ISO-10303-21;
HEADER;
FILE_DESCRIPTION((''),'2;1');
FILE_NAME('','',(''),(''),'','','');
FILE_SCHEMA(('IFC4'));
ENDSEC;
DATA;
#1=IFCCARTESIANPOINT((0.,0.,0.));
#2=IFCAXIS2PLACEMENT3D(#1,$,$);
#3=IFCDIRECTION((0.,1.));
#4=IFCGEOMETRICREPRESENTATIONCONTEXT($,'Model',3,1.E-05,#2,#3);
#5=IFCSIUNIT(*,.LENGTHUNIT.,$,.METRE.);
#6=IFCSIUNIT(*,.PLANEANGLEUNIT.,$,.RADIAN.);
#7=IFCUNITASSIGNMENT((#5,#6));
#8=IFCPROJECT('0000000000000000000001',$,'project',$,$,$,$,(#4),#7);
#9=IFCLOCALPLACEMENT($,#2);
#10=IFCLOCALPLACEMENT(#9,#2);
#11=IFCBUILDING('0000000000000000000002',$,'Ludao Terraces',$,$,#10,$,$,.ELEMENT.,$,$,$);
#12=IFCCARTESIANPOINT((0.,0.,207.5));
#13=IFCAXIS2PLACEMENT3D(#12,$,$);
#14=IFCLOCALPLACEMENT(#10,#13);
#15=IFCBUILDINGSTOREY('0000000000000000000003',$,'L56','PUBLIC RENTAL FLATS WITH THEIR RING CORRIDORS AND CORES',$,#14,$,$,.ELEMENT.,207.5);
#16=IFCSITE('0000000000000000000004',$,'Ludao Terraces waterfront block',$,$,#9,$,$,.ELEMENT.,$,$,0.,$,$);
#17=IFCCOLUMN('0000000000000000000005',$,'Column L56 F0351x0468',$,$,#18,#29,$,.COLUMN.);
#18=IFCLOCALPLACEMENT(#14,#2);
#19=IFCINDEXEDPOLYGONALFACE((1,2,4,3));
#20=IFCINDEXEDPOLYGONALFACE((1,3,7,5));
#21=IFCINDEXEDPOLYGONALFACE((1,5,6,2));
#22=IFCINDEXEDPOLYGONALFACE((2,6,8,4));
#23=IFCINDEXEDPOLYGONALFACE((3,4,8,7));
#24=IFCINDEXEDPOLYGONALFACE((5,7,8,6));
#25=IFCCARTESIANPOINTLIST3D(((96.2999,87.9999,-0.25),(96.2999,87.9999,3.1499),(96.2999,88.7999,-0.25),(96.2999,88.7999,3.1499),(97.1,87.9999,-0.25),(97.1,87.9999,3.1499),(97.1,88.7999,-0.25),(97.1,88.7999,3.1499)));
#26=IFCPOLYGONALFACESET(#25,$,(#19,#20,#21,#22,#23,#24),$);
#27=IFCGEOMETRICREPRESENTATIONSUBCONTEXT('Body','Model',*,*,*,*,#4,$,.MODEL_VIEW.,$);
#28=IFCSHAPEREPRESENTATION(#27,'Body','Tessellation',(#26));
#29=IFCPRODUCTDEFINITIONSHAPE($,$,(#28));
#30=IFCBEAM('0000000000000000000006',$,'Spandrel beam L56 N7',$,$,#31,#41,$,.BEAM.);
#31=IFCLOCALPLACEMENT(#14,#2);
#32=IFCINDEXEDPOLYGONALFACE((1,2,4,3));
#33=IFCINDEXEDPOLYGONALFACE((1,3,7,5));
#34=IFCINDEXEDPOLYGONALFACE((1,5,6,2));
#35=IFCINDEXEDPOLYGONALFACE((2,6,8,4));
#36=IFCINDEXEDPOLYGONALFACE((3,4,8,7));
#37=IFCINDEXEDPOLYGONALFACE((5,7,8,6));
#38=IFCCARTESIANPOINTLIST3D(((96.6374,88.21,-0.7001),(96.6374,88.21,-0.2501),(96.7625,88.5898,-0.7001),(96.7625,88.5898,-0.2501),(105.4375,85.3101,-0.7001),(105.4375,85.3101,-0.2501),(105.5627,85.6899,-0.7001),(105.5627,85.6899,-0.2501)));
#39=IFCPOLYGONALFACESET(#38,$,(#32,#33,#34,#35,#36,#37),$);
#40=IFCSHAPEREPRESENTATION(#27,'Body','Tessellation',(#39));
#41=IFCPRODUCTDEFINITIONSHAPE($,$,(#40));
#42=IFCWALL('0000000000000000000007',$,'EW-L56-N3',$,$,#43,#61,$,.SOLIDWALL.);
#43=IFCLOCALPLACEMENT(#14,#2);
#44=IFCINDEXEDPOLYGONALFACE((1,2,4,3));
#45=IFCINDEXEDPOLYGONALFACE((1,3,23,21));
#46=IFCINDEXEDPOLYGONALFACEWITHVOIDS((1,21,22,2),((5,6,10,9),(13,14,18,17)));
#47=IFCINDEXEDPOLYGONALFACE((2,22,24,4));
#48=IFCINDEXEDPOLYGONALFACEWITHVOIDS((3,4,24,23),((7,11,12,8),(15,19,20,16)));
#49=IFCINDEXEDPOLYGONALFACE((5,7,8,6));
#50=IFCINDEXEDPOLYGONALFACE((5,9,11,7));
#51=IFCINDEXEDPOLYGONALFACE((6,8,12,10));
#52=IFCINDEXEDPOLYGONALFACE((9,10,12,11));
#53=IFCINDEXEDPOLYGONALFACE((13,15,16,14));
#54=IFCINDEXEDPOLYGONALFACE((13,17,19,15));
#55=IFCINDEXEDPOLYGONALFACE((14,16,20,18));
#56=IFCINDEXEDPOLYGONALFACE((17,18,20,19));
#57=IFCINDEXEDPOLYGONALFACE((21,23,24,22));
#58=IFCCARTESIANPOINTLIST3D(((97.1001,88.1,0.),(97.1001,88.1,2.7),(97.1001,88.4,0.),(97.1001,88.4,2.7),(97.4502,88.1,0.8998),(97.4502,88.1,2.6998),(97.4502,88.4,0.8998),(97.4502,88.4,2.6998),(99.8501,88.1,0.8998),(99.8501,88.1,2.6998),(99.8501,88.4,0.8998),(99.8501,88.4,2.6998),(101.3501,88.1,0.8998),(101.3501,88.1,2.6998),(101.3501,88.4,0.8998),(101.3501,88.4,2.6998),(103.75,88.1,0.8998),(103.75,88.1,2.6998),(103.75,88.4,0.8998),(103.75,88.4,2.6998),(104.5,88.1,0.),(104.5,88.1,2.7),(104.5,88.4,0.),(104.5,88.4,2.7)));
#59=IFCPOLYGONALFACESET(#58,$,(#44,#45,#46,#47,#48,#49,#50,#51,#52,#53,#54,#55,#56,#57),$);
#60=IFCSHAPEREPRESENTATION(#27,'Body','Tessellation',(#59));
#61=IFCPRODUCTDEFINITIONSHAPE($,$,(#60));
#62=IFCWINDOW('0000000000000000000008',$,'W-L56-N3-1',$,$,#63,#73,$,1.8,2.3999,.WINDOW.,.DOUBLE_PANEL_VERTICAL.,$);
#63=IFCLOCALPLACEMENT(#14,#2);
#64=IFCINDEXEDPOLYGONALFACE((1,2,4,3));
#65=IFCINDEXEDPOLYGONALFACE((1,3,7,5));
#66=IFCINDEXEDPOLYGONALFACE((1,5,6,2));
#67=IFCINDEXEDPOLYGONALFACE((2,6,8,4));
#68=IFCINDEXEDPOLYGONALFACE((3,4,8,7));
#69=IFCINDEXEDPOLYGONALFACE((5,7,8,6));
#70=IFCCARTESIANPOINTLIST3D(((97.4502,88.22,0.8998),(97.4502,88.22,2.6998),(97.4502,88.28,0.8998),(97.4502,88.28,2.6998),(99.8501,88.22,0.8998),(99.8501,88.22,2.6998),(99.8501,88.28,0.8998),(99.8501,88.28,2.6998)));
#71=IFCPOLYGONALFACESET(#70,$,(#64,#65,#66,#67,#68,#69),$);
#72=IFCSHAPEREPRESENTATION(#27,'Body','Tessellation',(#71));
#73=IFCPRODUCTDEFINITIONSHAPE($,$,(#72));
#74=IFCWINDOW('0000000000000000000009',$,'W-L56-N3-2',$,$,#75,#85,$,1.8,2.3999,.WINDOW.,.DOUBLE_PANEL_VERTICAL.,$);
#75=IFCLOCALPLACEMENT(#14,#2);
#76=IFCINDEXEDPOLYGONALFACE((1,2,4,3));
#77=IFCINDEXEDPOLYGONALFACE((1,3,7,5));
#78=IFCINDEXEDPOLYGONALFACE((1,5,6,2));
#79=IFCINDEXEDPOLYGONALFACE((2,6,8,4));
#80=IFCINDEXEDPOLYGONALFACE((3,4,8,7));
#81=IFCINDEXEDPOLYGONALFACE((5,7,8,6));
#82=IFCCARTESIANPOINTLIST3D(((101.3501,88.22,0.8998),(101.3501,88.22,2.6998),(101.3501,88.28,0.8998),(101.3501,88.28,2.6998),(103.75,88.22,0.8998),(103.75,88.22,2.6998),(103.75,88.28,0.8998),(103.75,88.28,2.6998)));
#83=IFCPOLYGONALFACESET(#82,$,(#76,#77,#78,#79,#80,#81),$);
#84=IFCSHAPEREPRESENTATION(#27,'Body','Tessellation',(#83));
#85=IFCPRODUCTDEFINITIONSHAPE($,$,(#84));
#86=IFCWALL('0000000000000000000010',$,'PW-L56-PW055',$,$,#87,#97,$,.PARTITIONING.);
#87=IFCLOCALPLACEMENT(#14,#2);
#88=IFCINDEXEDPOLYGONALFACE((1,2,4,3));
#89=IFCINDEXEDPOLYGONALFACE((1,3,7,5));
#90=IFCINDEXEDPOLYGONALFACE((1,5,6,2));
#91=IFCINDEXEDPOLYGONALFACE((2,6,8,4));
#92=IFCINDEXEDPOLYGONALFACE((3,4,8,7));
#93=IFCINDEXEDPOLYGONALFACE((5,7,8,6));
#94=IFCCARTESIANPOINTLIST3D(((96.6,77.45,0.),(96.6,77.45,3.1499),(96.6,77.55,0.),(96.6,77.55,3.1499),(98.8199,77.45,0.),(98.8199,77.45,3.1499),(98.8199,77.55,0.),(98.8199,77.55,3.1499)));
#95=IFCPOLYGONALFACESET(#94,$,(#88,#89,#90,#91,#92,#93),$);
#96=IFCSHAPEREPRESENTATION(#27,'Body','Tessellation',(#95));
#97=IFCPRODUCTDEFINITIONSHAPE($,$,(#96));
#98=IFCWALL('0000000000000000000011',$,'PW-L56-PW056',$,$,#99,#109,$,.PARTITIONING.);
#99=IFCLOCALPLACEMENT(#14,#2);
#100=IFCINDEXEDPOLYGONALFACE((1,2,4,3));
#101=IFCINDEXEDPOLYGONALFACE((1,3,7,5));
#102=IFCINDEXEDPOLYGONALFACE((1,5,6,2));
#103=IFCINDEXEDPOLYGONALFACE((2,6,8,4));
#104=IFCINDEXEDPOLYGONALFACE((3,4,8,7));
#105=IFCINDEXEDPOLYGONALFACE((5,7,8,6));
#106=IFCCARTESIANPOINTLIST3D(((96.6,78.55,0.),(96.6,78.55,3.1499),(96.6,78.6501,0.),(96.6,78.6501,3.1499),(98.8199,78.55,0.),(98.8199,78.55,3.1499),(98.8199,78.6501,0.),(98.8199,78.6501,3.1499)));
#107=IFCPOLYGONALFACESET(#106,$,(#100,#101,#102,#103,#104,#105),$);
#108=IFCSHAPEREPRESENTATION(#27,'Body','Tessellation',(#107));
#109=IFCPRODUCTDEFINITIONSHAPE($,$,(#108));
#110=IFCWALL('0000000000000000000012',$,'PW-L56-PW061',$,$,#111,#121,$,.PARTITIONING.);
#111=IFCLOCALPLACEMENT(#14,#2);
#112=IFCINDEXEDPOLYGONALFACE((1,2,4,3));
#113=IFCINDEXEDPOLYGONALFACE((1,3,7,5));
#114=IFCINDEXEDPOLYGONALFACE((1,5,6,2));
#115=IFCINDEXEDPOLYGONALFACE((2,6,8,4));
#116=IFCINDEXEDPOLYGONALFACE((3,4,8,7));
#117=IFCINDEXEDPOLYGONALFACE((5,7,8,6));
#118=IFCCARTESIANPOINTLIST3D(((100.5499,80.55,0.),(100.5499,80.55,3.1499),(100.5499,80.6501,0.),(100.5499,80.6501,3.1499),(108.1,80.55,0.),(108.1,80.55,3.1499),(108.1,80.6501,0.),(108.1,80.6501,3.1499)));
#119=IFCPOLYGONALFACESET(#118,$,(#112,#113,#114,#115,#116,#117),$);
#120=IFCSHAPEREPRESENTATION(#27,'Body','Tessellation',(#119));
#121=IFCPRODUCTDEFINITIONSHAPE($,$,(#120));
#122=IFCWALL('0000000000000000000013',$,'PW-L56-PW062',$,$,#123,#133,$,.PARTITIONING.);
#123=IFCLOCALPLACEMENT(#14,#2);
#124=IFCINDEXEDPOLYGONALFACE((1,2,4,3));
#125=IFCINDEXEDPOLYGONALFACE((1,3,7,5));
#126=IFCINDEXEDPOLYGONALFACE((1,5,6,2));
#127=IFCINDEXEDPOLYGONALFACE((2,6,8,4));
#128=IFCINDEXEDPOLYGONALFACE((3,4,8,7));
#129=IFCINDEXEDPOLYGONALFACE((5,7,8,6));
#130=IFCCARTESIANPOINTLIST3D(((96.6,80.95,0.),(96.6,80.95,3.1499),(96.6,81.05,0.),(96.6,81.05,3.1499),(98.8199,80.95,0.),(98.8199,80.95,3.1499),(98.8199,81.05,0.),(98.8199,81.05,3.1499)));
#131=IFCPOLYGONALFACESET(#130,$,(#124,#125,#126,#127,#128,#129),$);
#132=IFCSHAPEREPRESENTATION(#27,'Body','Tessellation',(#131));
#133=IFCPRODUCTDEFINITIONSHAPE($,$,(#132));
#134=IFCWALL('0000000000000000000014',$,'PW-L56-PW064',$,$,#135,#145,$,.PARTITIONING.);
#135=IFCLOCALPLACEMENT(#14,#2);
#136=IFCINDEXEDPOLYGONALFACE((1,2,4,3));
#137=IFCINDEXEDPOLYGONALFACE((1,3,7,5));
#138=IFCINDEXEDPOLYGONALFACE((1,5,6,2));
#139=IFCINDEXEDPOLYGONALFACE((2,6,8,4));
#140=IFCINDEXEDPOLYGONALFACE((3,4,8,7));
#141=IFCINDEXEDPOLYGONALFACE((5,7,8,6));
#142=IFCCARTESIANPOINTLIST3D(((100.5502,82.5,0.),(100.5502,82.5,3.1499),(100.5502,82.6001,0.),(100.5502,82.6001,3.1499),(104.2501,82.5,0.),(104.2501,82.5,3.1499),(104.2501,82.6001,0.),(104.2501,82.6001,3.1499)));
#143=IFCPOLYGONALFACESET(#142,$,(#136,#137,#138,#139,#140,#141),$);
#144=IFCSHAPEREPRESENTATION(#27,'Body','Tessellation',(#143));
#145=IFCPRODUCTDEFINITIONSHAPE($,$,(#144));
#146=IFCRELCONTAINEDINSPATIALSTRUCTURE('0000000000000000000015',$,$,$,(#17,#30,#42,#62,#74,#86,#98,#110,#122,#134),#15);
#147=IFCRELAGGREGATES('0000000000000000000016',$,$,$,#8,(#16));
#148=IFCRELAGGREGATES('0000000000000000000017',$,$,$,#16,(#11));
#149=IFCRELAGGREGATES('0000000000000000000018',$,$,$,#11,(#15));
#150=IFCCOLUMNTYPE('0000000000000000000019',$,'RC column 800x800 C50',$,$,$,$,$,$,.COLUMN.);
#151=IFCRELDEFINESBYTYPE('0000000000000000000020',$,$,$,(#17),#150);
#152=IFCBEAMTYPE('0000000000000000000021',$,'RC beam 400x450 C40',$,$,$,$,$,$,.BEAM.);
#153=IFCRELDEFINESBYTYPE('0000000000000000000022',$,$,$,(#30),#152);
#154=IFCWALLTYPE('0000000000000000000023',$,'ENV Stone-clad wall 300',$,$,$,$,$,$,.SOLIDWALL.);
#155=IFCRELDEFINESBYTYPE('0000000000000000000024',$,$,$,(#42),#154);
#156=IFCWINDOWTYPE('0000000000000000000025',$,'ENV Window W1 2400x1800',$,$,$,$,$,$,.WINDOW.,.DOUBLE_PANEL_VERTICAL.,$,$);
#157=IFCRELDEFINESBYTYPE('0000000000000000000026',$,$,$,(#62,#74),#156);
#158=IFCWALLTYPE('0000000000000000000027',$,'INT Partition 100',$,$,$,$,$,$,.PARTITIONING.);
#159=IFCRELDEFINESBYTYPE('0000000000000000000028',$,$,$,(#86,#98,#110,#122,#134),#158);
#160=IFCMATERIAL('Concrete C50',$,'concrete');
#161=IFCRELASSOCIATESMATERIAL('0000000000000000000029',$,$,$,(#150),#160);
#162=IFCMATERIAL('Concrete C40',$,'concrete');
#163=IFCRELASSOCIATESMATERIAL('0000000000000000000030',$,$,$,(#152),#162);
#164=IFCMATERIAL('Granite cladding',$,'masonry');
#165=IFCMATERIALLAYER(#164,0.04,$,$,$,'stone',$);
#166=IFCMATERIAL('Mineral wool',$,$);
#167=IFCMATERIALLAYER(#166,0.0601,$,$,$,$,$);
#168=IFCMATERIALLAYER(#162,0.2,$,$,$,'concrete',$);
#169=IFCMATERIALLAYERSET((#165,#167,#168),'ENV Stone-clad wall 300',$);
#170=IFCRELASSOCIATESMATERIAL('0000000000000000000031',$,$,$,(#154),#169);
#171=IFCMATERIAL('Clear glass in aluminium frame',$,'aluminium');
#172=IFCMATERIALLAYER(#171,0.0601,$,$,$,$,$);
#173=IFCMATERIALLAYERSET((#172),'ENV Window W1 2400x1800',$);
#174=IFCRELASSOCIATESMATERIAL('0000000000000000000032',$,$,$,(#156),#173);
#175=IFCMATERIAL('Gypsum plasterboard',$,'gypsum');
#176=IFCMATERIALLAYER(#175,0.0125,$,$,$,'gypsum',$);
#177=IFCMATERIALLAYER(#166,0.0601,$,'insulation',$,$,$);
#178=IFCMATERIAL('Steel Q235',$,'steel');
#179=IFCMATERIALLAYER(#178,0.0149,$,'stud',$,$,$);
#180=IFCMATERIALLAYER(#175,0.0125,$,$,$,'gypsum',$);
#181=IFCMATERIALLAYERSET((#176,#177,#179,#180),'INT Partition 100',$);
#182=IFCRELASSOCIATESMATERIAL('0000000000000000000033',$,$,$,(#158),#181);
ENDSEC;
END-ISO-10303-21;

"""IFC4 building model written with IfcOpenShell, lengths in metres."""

from ifc_helpers import new_model, si_unit, direction, frame, frame_2d, origin, origin_2d, place, context, subcontext, project, spatial, rectangle, extrude, material, layer, layer_set, material_profile, profile_set, type_object, element, fill, save


model = new_model("IFC4")

# Units and contexts
model_context = context("Model", 3, precision=1e-05, world=origin(), true_north=direction((0.0, 1.0)))
body_context = subcontext(model_context, "Body", "Model", "MODEL_VIEW")
ifc_project = project(units=[si_unit("LENGTHUNIT", "METRE"), si_unit("PLANEANGLEUNIT", "RADIAN")], contexts=[model_context])

# Site, building, storey
site_placement = place(None, origin())
site = spatial("IfcSite", under=ifc_project, at=site_placement, Name="Ludao Terraces waterfront block", CompositionType="ELEMENT", RefElevation=0.0)
building_placement = place(site_placement, origin())
building = spatial("IfcBuilding", under=site, at=building_placement, Name="Ludao Terraces", CompositionType="ELEMENT")
storey_placement = place(building_placement, frame((0.0, 0.0, 207.5)))
storey = spatial("IfcBuildingStorey", under=building, at=storey_placement, Name="L56", Description="PUBLIC RENTAL FLATS WITH THEIR RING CORRIDORS AND CORES", CompositionType="ELEMENT", Elevation=207.5)

# Column
ifc_material_1 = material(Name="Concrete C50", Category="concrete")
ifc_material_profile_1 = material_profile(ifc_material_1, rectangle(XDim=0.8, YDim=0.8, at=origin_2d()), Name="800 X 800")
ifc_profile_set_1 = profile_set([ifc_material_profile_1], Name="Concrete C50")
column_type = type_object("IfcColumnType", Name="RC column 800x800 C50", PredefinedType="COLUMN", material=ifc_profile_set_1)
column_placement = place(storey_placement, frame((96.7, 88.3999, -0.25), z_axis=(0.0, 0.0, 1.0), x_axis=(1.0, 0.0, 0.0)))
element("IfcColumn", 1, at=column_placement, inside=storey, type_object=column_type, Name="Column L56 F0351x0468", PredefinedType="COLUMN", context=body_context, shape_type="SweptSolid", body=[
    extrude(rectangle(XDim=0.8, YDim=0.8, at=origin_2d()), origin(), (0.0, 0.0, 1.0), 3.3999),
])

# Beam
ifc_material_2 = material(Name="Concrete C40", Category="concrete")
ifc_material_profile_2 = material_profile(ifc_material_2, rectangle(XDim=0.3999, YDim=0.45, at=origin_2d()), Name="400 X 450")
ifc_profile_set_2 = profile_set([ifc_material_profile_2], Name="Concrete C40")
beam_type = type_object("IfcBeamType", Name="RC beam 400x450 C40", PredefinedType="BEAM", material=ifc_profile_set_2)
beam_placement = place(storey_placement, frame((96.7, 88.3999, -0.4751), z_axis=(0.949761, -0.312977, 0.0), x_axis=(0.312977, 0.949761, 0.0)))
element("IfcBeam", 2, at=beam_placement, inside=storey, type_object=beam_type, Name="Spandrel beam L56 N7", PredefinedType="BEAM", context=body_context, shape_type="SweptSolid", body=[
    extrude(rectangle(XDim=0.3999, YDim=0.45, at=origin_2d()), origin(), (0.0, 0.0, 1.0), 9.2656),
])

# Wall, openings, windows
ifc_material_3 = material(Name="Granite cladding", Category="masonry")
ifc_layer_1 = layer(ifc_material_3, 0.04, Category="stone")
ifc_material_4 = material(Name="Mineral wool")
ifc_layer_2 = layer(ifc_material_4, 0.0601)
ifc_layer_3 = layer(ifc_material_2, 0.2, Category="concrete")
ifc_layer_set_1 = layer_set([ifc_layer_1, ifc_layer_2, ifc_layer_3], Name="ENV Stone-clad wall 300")
wall_type_1 = type_object("IfcWallType", Name="ENV Stone-clad wall 300", PredefinedType="SOLIDWALL", material=ifc_layer_set_1)
wall_1_placement = place(storey_placement, frame((97.1001, 88.25, 0.0), z_axis=(0.0, 0.0, 1.0), x_axis=(1.0, 0.0, 0.0)))
wall_1 = element("IfcWall", 3, at=wall_1_placement, inside=storey, type_object=wall_type_1, Name="EW-L56-N3", PredefinedType="SOLIDWALL", context=body_context, shape_type="SweptSolid", body=[
    extrude(rectangle(XDim=7.3999, YDim=0.3, at=frame_2d((3.7, 0.0))), origin(), (0.0, 0.0, 1.0), 2.7),
])
opening_1_placement = place(wall_1_placement, frame((0.3501, 0.0, 0.8999)))
opening_1 = element("IfcOpeningElement", 4, at=opening_1_placement, cuts=wall_1, PredefinedType="OPENING", context=body_context, shape_type="SweptSolid", body=[
    extrude(rectangle(XDim=2.3999, YDim=1.8, at=frame_2d((1.2, 0.8999))), frame((0.0, 0.1602, 0.0), z_axis=(0.0, -1.0, 0.0), x_axis=(1.0, 0.0, 0.0)), (0.0, 0.0, 1.0), 0.3201),
])
opening_2_placement = place(wall_1_placement, frame((4.25, 0.0, 0.8999)))
opening_2 = element("IfcOpeningElement", 5, at=opening_2_placement, cuts=wall_1, PredefinedType="OPENING", context=body_context, shape_type="SweptSolid", body=[
    extrude(rectangle(XDim=2.3999, YDim=1.8, at=frame_2d((1.2, 0.8999))), frame((0.0, 0.1602, 0.0), z_axis=(0.0, -1.0, 0.0), x_axis=(1.0, 0.0, 0.0)), (0.0, 0.0, 1.0), 0.3201),
])
ifc_material_5 = material(Name="Clear glass in aluminium frame", Category="aluminium")
ifc_layer_4 = layer(ifc_material_5, 0.0601)
ifc_layer_set_2 = layer_set([ifc_layer_4], Name="ENV Window W1 2400x1800")
window_type = type_object("IfcWindowType", Name="ENV Window W1 2400x1800", PartitioningType="DOUBLE_PANEL_VERTICAL", PredefinedType="WINDOW", material=ifc_layer_set_2)
window_1_placement = place(opening_1_placement, origin())
window_1 = element("IfcWindow", 6, at=window_1_placement, inside=storey, type_object=window_type, Name="W-L56-N3-1", OverallHeight=1.8, OverallWidth=2.3999, PartitioningType="DOUBLE_PANEL_VERTICAL", PredefinedType="WINDOW", context=body_context, shape_type="SweptSolid", body=[
    extrude(rectangle(XDim=2.3999, YDim=1.8, at=frame_2d((1.2, 0.8999))), frame((0.0, 0.03, 0.0), z_axis=(0.0, -1.0, 0.0), x_axis=(1.0, 0.0, 0.0)), (0.0, 0.0, 1.0), 0.0601),
])
fill(opening_1, window_1)
window_2_placement = place(opening_2_placement, origin())
window_2 = element("IfcWindow", 7, at=window_2_placement, inside=storey, type_object=window_type, Name="W-L56-N3-2", OverallHeight=1.8, OverallWidth=2.3999, PartitioningType="DOUBLE_PANEL_VERTICAL", PredefinedType="WINDOW", context=body_context, shape_type="SweptSolid", body=[
    extrude(rectangle(XDim=2.3999, YDim=1.8, at=frame_2d((1.2, 0.8999))), frame((0.0, 0.03, 0.0), z_axis=(0.0, -1.0, 0.0), x_axis=(1.0, 0.0, 0.0)), (0.0, 0.0, 1.0), 0.0601),
])
fill(opening_2, window_2)

# Walls
ifc_material_6 = material(Name="Gypsum plasterboard", Category="gypsum")
ifc_layer_5 = layer(ifc_material_6, 0.0125, Category="gypsum")
ifc_layer_6 = layer(ifc_material_4, 0.0601, Name="insulation")
ifc_material_7 = material(Name="Steel Q235", Category="steel")
ifc_layer_7 = layer(ifc_material_7, 0.0149, Name="stud")
ifc_layer_8 = layer(ifc_material_6, 0.0125, Category="gypsum")
ifc_layer_set_3 = layer_set([ifc_layer_5, ifc_layer_6, ifc_layer_7, ifc_layer_8], Name="INT Partition 100")
wall_type_2 = type_object("IfcWallType", Name="INT Partition 100", PredefinedType="PARTITIONING", material=ifc_layer_set_3)
for number, where, z_axis, x_axis, name in (
    (8, (96.6001, 77.5, 0.0), (0.0, 0.0, 1.0), (1.0, 0.0, 0.0), "PW-L56-PW055"),
    (9, (96.6001, 78.6001, 0.0), (0.0, 0.0, 1.0), (1.0, 0.0, 0.0), "PW-L56-PW056"),
):
    element("IfcWall", number, at=place(storey_placement, frame(where, z_axis=z_axis, x_axis=x_axis)), inside=storey, type_object=wall_type_2, Name=name, PredefinedType="PARTITIONING", context=body_context, shape_type="SweptSolid", body=[
        extrude(rectangle(XDim=2.22, YDim=0.1001, at=frame_2d((1.1099, 0.0))), origin(), (0.0, 0.0, 1.0), 3.1499),
    ])
wall_2_placement = place(storey_placement, frame((100.55, 80.6001, 0.0), z_axis=(0.0, 0.0, 1.0), x_axis=(1.0, 0.0, 0.0)))
element("IfcWall", 10, at=wall_2_placement, inside=storey, type_object=wall_type_2, Name="PW-L56-PW061", PredefinedType="PARTITIONING", context=body_context, shape_type="SweptSolid", body=[
    extrude(rectangle(XDim=7.55, YDim=0.1001, at=frame_2d((3.7749, 0.0))), origin(), (0.0, 0.0, 1.0), 3.1499),
])
wall_3_placement = place(storey_placement, frame((96.6001, 81.0, 0.0), z_axis=(0.0, 0.0, 1.0), x_axis=(1.0, 0.0, 0.0)))
element("IfcWall", 11, at=wall_3_placement, inside=storey, type_object=wall_type_2, Name="PW-L56-PW062", PredefinedType="PARTITIONING", context=body_context, shape_type="SweptSolid", body=[
    extrude(rectangle(XDim=2.22, YDim=0.1001, at=frame_2d((1.1099, 0.0))), origin(), (0.0, 0.0, 1.0), 3.1499),
])
wall_4_placement = place(storey_placement, frame((100.55, 82.55, 0.0), z_axis=(0.0, 0.0, 1.0), x_axis=(1.0, 0.0, 0.0)))
element("IfcWall", 12, at=wall_4_placement, inside=storey, type_object=wall_type_2, Name="PW-L56-PW064", PredefinedType="PARTITIONING", context=body_context, shape_type="SweptSolid", body=[
    extrude(rectangle(XDim=3.7, YDim=0.1001, at=frame_2d((1.8501, 0.0))), origin(), (0.0, 0.0, 1.0), 3.1499),
])

save(model, "model.ifc")
